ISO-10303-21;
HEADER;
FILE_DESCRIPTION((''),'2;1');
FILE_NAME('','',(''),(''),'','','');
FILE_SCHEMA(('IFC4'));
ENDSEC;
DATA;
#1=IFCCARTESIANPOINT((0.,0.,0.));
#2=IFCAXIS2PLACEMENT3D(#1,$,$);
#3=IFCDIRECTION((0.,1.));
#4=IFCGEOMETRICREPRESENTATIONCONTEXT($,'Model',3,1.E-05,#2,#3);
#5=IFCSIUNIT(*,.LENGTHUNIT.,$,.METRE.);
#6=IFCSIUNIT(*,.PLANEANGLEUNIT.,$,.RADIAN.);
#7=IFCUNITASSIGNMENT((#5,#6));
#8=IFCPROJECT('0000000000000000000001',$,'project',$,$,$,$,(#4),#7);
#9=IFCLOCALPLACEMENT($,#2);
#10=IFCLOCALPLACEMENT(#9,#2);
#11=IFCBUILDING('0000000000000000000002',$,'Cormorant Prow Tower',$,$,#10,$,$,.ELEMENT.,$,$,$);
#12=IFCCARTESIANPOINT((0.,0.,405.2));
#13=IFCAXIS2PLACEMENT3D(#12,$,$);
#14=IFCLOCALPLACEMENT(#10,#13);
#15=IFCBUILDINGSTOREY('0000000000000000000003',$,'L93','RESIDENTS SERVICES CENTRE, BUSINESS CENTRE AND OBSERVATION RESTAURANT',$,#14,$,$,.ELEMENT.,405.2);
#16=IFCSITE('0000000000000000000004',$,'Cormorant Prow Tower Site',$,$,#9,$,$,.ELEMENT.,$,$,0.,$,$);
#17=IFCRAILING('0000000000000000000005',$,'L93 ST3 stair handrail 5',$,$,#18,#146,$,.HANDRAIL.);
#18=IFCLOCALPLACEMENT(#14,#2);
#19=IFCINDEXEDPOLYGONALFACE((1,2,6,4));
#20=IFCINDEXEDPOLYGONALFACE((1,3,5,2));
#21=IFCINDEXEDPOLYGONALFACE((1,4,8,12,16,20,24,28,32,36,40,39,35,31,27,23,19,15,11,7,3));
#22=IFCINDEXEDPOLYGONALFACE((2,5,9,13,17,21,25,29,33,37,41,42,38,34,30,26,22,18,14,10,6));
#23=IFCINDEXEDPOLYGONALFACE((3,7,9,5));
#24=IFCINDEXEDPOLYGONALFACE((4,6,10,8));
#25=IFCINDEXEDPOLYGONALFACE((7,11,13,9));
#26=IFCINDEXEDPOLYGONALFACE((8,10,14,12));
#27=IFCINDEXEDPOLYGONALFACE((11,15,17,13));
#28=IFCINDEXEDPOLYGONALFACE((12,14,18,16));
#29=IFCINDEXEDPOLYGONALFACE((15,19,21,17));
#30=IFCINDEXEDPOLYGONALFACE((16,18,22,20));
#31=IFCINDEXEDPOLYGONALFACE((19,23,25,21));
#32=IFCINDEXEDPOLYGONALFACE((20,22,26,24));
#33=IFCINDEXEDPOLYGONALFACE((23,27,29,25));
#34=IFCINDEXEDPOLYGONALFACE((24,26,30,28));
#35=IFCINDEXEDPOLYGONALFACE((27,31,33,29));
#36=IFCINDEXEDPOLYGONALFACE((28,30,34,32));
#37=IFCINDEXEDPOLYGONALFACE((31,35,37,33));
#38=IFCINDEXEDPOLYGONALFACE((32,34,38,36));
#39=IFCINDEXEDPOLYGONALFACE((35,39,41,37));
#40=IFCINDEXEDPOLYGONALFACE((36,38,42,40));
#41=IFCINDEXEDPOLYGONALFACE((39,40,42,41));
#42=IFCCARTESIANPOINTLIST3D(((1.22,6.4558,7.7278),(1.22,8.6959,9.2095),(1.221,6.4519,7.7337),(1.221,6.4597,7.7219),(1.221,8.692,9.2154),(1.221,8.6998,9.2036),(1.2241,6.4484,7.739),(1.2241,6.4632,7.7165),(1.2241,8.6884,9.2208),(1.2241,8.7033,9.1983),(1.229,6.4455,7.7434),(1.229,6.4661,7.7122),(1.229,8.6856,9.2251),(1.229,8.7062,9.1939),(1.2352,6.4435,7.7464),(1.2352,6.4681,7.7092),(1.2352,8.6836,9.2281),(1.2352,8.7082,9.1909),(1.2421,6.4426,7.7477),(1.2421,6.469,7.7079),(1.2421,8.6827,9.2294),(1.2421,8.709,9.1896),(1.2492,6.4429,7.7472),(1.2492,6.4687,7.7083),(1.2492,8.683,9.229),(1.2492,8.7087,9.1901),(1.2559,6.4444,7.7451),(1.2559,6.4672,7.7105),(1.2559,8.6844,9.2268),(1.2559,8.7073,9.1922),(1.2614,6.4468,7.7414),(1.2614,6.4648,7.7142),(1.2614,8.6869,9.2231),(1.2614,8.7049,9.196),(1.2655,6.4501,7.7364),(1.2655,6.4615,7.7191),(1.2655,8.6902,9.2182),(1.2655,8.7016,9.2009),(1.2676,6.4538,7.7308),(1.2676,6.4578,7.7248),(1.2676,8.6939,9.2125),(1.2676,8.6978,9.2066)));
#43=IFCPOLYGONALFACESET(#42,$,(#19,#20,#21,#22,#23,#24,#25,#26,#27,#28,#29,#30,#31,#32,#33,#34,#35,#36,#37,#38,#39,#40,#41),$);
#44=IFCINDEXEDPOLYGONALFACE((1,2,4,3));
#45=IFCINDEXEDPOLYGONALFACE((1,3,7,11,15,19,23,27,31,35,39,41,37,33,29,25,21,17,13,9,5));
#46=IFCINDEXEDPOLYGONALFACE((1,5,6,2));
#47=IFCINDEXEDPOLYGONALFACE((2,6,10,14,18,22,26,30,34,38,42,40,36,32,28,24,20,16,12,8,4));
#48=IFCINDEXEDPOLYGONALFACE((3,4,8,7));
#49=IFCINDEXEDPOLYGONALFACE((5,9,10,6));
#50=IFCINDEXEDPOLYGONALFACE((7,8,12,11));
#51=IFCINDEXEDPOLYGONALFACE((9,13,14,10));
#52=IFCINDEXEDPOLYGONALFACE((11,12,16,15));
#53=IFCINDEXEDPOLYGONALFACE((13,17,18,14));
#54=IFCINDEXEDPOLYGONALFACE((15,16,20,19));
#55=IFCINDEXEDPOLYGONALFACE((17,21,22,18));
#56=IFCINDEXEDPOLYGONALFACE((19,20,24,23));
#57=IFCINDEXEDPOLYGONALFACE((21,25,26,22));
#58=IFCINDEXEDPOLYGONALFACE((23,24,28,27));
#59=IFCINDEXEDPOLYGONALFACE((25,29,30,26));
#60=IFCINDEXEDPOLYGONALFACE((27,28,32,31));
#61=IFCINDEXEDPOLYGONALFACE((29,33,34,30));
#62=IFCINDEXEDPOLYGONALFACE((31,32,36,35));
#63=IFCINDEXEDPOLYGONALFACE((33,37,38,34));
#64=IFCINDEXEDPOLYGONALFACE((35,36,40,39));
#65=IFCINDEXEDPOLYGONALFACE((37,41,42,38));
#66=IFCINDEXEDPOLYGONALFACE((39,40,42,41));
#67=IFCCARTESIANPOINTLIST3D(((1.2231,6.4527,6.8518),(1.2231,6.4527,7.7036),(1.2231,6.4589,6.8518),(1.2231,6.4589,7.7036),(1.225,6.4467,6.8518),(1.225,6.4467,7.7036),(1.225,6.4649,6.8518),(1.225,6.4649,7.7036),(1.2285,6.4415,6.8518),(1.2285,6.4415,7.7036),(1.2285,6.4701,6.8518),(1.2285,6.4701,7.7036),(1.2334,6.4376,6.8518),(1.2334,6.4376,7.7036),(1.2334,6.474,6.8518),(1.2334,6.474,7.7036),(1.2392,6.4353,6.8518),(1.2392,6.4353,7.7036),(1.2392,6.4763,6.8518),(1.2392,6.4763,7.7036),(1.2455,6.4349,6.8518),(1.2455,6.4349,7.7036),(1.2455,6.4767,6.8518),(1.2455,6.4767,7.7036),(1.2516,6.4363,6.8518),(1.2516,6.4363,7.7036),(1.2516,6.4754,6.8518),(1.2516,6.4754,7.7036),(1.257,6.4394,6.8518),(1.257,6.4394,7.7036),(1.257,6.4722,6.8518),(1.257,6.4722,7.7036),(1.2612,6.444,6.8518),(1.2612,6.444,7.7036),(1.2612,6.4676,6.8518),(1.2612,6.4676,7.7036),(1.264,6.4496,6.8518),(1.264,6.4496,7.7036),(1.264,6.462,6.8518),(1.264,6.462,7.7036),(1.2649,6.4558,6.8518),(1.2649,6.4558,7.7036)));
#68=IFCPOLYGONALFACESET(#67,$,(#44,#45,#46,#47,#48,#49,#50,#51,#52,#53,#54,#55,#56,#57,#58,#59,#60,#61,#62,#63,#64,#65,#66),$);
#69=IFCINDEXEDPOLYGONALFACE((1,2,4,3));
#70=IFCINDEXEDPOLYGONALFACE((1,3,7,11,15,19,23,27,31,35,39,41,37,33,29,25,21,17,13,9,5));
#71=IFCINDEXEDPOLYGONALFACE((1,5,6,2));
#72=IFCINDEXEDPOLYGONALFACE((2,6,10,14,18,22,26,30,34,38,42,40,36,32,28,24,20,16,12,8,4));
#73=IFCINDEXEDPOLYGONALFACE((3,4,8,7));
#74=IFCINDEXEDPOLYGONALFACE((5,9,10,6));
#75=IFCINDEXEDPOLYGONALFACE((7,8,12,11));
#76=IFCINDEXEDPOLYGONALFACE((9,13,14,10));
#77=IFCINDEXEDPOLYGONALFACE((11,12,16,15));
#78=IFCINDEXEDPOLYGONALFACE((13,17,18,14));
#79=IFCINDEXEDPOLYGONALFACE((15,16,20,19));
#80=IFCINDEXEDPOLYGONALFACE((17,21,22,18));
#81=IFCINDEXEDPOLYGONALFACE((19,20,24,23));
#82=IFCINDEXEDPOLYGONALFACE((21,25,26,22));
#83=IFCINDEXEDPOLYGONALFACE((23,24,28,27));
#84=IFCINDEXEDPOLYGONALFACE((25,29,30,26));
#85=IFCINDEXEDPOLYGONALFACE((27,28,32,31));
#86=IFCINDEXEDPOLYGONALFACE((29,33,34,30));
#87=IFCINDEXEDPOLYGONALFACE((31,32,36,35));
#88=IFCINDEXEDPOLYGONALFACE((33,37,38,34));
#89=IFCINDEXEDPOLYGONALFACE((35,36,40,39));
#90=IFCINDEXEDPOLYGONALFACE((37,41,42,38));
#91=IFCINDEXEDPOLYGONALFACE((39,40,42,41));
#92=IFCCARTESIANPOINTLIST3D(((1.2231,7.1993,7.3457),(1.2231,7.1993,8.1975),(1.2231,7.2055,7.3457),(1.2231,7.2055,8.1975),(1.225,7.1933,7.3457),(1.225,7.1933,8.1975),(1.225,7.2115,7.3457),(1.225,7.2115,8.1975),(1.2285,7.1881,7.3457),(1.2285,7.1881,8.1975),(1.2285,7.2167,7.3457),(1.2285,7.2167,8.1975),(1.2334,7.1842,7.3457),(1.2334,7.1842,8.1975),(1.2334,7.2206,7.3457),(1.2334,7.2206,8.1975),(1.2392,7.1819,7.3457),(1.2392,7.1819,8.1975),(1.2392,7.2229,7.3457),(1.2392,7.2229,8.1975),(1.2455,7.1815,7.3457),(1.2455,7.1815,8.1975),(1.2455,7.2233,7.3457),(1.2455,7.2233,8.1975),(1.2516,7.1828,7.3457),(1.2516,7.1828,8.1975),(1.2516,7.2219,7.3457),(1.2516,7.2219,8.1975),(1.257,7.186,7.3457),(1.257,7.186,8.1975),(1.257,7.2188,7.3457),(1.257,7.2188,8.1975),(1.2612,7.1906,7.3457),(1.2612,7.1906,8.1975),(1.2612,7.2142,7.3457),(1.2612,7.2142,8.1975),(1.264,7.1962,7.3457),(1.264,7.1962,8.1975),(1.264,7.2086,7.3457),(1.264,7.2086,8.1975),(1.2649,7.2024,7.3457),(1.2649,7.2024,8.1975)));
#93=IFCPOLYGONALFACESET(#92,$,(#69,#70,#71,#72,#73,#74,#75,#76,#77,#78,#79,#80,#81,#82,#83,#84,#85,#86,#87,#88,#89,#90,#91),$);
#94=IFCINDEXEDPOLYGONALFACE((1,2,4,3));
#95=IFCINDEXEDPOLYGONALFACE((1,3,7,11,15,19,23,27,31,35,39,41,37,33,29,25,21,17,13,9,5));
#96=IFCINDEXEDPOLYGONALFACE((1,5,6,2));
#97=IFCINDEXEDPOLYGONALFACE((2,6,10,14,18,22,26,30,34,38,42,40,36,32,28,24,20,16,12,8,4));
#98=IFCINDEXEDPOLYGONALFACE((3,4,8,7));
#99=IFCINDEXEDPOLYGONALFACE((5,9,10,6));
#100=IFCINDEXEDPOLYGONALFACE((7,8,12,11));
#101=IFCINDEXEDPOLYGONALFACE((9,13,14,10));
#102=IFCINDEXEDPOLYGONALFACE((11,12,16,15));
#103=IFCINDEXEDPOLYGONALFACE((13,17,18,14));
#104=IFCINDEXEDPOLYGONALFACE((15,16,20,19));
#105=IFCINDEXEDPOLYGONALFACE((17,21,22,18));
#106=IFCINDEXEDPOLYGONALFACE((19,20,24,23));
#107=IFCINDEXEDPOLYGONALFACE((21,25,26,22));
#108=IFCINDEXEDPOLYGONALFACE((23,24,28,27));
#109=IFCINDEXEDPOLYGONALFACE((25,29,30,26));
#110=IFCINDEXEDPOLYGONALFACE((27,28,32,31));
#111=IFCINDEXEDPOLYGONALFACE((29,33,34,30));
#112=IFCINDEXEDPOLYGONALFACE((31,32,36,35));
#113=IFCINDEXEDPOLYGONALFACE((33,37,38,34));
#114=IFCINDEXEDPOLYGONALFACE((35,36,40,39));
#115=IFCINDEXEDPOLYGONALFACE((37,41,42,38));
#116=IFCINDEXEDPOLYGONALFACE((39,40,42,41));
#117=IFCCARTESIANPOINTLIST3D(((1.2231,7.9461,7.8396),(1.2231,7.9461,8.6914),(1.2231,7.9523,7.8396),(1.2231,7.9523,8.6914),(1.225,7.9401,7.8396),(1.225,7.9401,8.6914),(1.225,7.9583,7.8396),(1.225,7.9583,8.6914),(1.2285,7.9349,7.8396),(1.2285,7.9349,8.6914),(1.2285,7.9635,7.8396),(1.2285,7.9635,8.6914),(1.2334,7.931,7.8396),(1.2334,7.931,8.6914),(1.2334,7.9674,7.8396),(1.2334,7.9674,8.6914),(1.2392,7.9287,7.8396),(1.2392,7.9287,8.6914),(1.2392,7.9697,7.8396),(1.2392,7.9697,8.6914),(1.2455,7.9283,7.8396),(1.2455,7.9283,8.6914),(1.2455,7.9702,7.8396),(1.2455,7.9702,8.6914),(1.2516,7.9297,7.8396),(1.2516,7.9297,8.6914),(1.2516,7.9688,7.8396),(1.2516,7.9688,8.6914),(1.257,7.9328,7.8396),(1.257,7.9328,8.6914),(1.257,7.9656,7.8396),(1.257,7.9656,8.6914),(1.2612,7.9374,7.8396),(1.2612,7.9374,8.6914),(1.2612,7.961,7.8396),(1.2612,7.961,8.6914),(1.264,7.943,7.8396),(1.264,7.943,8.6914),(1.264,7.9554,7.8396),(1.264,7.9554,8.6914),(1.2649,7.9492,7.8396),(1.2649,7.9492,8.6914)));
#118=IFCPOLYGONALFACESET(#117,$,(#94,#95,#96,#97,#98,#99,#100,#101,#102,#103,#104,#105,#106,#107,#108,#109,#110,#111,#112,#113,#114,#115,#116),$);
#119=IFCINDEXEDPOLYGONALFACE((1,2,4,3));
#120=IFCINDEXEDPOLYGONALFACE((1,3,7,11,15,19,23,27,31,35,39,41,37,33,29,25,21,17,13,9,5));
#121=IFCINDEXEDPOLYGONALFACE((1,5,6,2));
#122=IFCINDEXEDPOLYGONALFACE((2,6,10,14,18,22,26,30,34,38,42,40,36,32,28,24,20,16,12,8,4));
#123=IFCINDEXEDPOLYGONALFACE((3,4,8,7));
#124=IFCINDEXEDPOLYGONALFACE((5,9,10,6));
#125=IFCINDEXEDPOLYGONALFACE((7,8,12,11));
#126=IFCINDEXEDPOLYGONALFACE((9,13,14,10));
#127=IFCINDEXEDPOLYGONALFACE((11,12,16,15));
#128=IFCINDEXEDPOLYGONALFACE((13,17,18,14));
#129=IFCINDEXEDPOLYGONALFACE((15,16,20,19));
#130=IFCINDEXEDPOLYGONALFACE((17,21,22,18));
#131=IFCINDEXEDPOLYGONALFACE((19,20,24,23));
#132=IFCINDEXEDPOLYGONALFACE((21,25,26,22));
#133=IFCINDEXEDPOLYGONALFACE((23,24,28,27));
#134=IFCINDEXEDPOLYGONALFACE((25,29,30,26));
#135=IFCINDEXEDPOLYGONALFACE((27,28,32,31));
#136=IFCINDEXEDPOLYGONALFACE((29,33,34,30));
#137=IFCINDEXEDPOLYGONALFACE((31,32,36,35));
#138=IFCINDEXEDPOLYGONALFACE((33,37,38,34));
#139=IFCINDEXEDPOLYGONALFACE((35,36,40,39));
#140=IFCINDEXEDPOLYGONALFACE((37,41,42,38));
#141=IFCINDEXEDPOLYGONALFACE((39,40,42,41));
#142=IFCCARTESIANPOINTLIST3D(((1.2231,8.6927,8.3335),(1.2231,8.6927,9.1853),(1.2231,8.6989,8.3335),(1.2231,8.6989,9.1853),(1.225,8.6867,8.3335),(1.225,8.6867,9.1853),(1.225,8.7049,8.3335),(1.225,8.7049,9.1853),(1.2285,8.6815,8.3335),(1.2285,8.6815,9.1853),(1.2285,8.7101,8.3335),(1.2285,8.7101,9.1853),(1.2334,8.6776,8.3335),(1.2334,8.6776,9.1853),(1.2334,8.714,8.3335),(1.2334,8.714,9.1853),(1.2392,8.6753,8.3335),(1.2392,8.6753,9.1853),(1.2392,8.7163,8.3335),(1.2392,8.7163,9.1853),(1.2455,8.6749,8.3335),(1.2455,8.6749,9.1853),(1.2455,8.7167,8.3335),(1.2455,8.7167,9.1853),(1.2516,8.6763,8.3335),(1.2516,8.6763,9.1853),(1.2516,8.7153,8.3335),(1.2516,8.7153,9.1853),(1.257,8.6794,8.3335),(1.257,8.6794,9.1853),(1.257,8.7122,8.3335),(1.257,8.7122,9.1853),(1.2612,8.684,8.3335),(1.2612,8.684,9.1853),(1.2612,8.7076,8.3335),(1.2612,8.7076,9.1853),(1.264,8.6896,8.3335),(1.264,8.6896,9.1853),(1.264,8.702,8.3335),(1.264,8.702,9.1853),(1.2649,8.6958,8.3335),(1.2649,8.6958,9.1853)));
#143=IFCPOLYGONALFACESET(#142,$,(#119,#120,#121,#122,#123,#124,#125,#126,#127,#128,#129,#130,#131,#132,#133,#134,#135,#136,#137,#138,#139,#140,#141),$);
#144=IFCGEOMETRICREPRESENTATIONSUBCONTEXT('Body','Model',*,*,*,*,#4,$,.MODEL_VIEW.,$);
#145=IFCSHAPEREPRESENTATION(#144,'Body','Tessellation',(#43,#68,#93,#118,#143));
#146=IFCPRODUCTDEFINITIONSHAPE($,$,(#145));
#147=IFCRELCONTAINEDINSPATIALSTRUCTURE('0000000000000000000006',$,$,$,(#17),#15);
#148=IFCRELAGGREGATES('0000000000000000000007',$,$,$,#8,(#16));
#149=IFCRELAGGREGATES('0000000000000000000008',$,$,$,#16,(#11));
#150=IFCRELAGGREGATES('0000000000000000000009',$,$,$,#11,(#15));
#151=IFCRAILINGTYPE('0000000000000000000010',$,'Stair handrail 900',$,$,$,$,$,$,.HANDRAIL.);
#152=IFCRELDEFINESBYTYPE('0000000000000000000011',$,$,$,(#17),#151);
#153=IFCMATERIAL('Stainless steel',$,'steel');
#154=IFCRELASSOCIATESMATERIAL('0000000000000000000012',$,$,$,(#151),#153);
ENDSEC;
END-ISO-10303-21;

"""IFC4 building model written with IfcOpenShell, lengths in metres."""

from ifc_helpers import new_model, si_unit, direction, frame, origin, origin_2d, place, context, subcontext, project, spatial, circle, extrude, material, type_object, element, save


model = new_model("IFC4")

# Units and contexts
model_context = context("Model", 3, precision=1e-05, world=origin(), true_north=direction((0.0, 1.0)))
body_context = subcontext(model_context, "Body", "Model", "MODEL_VIEW")
ifc_project = project(units=[si_unit("LENGTHUNIT", "METRE"), si_unit("PLANEANGLEUNIT", "RADIAN")], contexts=[model_context])

# Site, building, storey
site_placement = place(None, origin())
site = spatial("IfcSite", under=ifc_project, at=site_placement, Name="Cormorant Prow Tower Site", CompositionType="ELEMENT", RefElevation=0.0)
building_placement = place(site_placement, origin())
building = spatial("IfcBuilding", under=site, at=building_placement, Name="Cormorant Prow Tower", CompositionType="ELEMENT")
storey_placement = place(building_placement, frame((0.0, 0.0, 405.2)))
storey = spatial("IfcBuildingStorey", under=building, at=storey_placement, Name="L93", Description="RESIDENTS SERVICES CENTRE, BUSINESS CENTRE AND OBSERVATION RESTAURANT", CompositionType="ELEMENT", Elevation=405.2)

# Railing
ifc_material_1 = material(Name="Stainless steel", Category="steel")
railing_type = type_object("IfcRailingType", Name="Stair handrail 900", PredefinedType="HANDRAIL", material=ifc_material_1)
railing_placement = place(storey_placement, frame((1.2439, 6.4558, 6.8518)))
element("IfcRailing", 1, at=railing_placement, inside=storey, type_object=railing_type, Name="L93 ST3 stair handrail 5", PredefinedType="HANDRAIL", context=body_context, shape_type="SweptSolid", body=[
    extrude(circle(Radius=0.0239, at=origin_2d()), frame((0.0, 0.0, 0.876), z_axis=(0.0, 0.834045, 0.551697), x_axis=(-1.0, 0.0, 0.0)), (0.0, 0.0, 1.0), 2.6858),
    extrude(circle(Radius=0.021, at=origin_2d()), origin(), (0.0, 0.0, 1.0), 0.8518),
    extrude(circle(Radius=0.021, at=origin_2d()), frame((0.0, 0.7466, 0.4939)), (0.0, 0.0, 1.0), 0.8518),
    extrude(circle(Radius=0.021, at=origin_2d()), frame((0.0, 1.4934, 0.9878)), (0.0, 0.0, 1.0), 0.8518),
    extrude(circle(Radius=0.021, at=origin_2d()), frame((0.0, 2.24, 1.4817)), (0.0, 0.0, 1.0), 0.8518),
])

save(model, "model.ifc")
